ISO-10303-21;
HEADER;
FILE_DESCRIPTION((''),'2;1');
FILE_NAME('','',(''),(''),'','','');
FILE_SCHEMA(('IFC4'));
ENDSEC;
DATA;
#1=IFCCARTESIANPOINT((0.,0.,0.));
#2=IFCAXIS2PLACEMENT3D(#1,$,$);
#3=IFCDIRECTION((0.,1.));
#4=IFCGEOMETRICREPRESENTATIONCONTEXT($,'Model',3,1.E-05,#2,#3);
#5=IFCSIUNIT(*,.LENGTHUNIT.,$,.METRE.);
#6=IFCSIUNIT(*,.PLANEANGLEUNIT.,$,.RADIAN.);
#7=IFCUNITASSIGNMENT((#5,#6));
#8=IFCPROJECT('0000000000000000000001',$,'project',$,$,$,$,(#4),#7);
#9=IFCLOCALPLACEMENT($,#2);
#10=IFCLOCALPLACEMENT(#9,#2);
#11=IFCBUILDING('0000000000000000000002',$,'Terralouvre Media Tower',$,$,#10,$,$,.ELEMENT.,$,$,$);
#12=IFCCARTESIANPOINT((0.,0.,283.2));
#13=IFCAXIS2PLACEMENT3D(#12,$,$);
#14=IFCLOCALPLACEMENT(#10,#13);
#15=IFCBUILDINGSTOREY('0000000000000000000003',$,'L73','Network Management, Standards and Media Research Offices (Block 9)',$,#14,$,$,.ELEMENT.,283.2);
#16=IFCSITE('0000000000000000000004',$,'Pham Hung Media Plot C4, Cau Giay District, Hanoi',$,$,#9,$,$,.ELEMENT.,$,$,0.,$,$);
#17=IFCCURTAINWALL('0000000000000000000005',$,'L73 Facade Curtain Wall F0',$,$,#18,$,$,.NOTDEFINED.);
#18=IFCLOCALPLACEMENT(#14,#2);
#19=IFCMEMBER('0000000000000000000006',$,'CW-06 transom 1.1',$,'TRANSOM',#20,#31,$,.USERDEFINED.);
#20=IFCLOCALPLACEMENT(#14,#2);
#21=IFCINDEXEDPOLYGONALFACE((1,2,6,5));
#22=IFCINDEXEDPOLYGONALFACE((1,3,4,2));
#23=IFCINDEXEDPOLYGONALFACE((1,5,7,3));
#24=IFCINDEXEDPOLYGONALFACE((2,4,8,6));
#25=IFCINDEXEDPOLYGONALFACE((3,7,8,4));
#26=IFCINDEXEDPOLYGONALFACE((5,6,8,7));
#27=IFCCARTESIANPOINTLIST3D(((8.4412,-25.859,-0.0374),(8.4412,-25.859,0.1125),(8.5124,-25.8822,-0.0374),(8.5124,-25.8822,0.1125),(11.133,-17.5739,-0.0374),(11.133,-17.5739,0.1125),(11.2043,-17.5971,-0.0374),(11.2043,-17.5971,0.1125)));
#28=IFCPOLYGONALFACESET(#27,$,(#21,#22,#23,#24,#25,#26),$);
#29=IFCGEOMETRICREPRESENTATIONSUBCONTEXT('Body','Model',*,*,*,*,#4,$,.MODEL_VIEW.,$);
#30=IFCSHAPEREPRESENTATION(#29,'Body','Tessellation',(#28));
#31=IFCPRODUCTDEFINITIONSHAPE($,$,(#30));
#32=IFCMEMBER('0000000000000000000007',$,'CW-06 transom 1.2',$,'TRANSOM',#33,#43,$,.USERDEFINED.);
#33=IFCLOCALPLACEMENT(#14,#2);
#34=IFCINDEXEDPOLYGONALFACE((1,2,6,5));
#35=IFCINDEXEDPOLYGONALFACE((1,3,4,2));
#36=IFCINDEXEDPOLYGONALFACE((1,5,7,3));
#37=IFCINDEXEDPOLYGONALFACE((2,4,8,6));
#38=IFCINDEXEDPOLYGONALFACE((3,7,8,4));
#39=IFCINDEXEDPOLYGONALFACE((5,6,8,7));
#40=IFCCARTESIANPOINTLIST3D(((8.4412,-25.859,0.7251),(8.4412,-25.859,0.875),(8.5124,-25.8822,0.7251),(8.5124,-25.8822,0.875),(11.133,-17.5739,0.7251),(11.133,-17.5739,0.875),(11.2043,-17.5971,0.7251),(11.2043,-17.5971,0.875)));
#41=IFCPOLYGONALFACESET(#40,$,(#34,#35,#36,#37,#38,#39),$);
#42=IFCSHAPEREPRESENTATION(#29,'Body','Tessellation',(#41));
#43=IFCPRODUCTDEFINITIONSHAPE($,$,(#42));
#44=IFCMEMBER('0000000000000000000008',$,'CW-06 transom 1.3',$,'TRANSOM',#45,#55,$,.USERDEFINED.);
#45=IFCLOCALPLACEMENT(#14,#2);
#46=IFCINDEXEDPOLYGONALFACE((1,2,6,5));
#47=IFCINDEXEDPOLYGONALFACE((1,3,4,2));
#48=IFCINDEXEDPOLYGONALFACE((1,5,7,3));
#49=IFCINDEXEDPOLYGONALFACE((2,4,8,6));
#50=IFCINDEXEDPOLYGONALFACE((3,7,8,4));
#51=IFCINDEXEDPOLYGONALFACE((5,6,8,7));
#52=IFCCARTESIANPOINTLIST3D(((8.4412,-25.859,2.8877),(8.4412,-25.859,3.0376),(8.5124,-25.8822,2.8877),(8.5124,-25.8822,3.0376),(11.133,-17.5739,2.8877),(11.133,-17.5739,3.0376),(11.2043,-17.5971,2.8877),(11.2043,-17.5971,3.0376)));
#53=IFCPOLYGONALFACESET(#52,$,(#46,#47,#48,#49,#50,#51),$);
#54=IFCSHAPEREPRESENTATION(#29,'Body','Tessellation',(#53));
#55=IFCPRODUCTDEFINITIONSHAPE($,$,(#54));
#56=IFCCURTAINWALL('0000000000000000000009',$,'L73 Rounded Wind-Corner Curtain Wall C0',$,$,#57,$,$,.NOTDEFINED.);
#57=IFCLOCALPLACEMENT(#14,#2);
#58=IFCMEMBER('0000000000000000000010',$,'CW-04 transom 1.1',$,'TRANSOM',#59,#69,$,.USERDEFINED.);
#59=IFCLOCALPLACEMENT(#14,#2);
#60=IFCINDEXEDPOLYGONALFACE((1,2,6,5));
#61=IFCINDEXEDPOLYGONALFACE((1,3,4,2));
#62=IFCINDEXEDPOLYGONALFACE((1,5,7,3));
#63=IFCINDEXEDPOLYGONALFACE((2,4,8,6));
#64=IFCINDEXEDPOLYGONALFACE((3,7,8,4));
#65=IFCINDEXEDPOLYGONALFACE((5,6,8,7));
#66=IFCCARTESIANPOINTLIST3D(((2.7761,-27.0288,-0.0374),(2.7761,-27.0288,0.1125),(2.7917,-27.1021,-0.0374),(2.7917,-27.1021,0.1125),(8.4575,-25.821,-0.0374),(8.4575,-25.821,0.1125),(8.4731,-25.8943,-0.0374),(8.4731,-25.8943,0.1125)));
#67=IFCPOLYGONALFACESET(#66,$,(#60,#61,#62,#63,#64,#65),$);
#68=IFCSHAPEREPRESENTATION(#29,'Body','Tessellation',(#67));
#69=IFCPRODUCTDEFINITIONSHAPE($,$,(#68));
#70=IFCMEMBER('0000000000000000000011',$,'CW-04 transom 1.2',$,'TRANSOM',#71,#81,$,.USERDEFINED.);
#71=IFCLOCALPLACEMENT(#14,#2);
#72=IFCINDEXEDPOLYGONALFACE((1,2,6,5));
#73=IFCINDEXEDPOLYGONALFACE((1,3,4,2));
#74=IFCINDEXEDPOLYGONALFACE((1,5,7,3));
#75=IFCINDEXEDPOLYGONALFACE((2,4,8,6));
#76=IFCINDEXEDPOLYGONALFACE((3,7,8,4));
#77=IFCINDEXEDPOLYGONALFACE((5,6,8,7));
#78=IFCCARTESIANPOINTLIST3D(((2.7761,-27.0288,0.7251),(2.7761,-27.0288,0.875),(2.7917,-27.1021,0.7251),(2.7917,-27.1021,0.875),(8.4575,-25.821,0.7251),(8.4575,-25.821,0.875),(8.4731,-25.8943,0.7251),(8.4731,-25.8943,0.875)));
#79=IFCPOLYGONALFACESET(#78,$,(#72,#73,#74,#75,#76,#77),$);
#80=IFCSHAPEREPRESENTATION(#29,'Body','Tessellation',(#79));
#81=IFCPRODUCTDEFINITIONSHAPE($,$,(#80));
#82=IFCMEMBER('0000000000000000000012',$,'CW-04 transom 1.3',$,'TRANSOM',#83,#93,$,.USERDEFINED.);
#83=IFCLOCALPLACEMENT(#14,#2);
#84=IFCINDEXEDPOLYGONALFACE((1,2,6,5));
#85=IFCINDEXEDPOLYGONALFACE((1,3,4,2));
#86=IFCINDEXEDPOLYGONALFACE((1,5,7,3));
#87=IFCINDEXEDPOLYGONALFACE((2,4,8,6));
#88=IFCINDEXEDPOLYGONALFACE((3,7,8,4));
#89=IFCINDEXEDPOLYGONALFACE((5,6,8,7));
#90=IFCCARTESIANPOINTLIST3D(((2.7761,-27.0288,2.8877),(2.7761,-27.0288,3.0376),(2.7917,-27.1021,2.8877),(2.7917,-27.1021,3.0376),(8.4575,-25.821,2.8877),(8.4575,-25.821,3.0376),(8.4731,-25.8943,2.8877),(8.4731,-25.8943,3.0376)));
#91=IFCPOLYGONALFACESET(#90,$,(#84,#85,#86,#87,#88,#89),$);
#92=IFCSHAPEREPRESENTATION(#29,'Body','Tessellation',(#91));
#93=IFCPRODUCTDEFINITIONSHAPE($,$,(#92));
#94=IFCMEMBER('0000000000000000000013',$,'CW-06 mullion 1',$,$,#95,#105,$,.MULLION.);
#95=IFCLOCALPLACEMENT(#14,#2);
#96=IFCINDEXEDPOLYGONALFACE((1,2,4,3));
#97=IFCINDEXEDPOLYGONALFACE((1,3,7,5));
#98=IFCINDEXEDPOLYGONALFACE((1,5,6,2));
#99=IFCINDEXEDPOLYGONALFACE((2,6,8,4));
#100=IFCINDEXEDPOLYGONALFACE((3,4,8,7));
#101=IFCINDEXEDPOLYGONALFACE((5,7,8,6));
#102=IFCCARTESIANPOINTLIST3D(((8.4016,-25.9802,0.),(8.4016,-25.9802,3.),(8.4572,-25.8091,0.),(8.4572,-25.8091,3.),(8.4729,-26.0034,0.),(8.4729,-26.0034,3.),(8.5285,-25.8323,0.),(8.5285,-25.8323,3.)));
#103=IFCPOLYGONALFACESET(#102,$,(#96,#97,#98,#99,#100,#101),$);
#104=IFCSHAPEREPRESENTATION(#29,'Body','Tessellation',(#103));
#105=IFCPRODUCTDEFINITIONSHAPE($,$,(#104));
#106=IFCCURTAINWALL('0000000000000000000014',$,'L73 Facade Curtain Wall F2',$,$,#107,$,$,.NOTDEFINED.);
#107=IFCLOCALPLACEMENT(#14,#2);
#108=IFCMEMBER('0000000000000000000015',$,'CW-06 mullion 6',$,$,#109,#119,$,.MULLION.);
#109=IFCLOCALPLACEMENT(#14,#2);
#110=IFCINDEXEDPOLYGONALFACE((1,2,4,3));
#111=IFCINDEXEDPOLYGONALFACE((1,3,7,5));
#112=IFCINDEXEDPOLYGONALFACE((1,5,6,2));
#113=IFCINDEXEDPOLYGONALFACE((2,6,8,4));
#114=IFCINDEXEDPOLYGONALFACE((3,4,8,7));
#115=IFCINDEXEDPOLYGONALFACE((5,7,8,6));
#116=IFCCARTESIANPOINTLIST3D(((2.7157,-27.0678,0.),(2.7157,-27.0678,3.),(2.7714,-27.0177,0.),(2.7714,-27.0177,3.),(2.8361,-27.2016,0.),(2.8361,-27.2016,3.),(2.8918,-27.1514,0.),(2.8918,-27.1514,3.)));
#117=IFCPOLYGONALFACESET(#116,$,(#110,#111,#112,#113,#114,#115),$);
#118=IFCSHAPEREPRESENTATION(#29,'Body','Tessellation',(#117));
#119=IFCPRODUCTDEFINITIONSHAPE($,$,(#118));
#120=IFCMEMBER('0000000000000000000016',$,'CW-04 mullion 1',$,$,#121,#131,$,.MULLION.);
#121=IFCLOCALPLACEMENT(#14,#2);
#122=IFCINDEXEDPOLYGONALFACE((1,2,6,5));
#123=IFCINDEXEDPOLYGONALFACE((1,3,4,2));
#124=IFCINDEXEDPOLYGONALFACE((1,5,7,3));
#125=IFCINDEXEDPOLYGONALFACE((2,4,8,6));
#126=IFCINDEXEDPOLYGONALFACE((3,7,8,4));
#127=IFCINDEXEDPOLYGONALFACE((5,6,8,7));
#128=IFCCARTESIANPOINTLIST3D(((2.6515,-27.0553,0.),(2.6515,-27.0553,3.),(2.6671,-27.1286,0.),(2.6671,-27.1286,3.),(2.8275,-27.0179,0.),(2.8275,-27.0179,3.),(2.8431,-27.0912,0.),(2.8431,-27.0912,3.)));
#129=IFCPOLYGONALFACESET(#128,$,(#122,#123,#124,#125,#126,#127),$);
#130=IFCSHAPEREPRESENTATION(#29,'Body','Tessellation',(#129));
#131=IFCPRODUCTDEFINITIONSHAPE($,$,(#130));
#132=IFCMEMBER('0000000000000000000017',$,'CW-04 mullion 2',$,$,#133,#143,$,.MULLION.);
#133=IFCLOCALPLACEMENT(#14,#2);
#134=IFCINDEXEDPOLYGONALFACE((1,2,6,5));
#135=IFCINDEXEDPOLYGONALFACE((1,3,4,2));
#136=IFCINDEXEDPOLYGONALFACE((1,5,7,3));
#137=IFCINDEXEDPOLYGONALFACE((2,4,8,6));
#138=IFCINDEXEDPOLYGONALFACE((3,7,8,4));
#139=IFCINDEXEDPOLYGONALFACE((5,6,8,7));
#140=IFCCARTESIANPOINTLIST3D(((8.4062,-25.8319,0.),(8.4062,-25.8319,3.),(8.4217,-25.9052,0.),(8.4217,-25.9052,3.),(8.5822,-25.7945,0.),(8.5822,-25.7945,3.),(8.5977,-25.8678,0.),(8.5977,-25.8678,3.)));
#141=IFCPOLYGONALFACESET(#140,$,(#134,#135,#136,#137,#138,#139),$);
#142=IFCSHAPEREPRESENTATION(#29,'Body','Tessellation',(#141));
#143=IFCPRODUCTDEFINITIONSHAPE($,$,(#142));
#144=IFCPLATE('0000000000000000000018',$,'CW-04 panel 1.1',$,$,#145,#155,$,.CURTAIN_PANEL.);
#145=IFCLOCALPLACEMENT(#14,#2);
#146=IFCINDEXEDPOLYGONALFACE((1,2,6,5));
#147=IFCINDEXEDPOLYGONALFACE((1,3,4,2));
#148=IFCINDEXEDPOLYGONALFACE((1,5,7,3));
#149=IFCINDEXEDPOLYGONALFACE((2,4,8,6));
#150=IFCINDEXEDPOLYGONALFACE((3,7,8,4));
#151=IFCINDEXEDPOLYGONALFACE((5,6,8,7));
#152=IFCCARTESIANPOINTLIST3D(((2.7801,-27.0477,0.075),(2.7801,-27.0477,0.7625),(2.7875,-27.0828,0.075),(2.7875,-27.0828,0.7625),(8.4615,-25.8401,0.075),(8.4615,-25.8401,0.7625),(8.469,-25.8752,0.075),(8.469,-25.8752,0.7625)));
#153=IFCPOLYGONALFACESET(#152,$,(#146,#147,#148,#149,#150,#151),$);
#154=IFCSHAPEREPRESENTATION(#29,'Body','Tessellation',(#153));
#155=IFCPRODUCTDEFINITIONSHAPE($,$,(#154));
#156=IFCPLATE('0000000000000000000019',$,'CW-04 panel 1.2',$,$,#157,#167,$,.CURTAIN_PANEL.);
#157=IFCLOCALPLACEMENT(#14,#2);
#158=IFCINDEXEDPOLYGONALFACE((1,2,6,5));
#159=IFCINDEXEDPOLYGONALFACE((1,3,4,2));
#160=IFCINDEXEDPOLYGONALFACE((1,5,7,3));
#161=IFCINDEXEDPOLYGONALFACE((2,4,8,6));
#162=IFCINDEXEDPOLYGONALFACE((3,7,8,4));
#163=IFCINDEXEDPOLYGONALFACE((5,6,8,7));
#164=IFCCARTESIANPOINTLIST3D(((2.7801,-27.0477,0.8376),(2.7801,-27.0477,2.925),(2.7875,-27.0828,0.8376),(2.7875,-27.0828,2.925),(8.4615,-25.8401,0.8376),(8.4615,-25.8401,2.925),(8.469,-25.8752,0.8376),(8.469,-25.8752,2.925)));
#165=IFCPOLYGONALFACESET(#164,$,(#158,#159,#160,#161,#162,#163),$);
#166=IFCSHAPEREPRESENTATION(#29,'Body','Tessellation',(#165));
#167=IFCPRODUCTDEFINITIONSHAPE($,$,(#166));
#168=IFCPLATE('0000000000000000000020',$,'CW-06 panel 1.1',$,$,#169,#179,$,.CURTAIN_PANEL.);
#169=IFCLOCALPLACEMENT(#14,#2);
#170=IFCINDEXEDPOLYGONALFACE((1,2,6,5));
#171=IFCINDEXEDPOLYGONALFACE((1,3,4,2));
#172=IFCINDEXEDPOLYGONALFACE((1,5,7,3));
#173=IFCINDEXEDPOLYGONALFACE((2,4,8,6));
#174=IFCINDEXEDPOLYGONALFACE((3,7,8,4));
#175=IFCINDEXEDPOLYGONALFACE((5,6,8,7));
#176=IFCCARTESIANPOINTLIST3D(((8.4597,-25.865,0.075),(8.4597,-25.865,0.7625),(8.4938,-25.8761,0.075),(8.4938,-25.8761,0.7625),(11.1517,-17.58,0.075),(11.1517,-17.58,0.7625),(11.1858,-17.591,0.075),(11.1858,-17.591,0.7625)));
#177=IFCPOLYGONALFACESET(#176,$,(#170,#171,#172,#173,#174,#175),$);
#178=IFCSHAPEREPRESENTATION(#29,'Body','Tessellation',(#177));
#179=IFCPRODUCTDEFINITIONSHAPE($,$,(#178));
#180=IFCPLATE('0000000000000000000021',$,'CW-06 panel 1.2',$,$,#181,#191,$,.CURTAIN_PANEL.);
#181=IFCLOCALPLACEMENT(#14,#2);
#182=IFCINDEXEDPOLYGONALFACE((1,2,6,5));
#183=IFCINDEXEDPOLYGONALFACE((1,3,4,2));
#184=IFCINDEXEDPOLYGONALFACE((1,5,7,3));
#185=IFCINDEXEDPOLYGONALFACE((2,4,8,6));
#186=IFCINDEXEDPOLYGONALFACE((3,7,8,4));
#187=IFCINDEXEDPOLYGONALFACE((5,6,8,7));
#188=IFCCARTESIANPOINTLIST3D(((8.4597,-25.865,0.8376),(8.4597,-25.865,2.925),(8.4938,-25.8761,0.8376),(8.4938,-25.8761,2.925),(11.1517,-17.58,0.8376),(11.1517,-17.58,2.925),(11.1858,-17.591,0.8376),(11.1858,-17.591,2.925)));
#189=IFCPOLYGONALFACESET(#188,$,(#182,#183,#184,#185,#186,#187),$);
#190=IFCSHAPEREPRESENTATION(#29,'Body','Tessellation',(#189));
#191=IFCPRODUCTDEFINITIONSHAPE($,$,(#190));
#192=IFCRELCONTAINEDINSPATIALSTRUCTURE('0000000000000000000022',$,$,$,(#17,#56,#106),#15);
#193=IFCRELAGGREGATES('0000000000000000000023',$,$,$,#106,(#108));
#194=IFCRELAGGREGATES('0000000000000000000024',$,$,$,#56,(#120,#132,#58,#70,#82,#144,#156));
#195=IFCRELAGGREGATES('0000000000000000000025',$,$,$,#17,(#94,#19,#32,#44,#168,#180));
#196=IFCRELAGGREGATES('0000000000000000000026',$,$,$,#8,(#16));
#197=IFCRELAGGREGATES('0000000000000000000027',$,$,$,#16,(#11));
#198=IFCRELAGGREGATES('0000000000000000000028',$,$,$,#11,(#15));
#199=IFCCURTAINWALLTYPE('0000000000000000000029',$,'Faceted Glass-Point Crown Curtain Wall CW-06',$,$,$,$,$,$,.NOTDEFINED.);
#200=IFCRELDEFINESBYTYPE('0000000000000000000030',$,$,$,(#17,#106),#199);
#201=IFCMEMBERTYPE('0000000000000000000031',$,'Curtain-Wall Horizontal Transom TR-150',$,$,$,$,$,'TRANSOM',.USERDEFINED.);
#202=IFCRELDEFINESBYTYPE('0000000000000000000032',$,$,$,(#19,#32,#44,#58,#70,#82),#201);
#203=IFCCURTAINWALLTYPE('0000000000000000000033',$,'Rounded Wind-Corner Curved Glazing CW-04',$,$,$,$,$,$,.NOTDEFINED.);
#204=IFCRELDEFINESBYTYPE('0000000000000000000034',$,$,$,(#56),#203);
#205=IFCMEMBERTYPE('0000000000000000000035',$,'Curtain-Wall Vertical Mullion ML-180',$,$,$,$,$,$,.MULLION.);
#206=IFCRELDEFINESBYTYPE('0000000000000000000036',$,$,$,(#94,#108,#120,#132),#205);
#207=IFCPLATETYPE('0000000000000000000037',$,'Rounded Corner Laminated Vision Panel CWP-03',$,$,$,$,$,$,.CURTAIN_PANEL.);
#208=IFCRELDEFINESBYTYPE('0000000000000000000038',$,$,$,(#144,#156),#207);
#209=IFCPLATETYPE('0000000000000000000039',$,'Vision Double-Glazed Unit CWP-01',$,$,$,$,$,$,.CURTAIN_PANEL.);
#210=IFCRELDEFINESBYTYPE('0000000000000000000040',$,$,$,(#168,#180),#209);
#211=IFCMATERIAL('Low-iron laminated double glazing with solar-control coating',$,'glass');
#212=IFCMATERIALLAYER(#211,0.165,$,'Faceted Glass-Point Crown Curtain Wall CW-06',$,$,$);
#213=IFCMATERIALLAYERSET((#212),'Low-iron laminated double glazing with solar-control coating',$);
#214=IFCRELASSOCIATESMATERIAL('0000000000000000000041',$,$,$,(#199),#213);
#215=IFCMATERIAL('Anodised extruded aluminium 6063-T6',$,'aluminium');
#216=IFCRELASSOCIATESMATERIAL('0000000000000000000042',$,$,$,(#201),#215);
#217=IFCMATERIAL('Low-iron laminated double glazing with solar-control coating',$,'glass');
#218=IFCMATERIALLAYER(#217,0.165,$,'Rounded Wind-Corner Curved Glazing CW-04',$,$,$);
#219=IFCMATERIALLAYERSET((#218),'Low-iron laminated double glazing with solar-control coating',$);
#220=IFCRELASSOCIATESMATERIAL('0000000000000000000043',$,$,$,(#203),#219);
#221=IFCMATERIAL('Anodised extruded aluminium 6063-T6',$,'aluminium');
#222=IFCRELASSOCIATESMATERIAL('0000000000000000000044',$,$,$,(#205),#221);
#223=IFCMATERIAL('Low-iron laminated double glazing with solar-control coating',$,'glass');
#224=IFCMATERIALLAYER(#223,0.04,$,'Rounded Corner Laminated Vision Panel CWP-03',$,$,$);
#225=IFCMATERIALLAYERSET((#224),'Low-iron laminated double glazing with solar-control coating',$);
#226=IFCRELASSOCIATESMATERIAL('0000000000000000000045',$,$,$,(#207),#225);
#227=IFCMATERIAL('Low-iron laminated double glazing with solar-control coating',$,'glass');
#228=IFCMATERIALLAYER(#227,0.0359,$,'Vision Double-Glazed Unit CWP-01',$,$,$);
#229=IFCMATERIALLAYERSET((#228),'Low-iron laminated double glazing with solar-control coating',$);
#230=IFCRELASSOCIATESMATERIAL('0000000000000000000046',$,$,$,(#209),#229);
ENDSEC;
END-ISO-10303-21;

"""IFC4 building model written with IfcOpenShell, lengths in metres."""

from ifc_helpers import new_model, si_unit, direction, frame, origin, origin_2d, place, context, subcontext, project, spatial, rectangle, extrude, material, layer, layer_set, material_profile, profile_set, type_object, element, aggregate, save


model = new_model("IFC4")

# Units and contexts
model_context = context("Model", 3, precision=1e-05, world=origin(), true_north=direction((0.0, 1.0)))
body_context = subcontext(model_context, "Body", "Model", "MODEL_VIEW")
ifc_project = project(units=[si_unit("LENGTHUNIT", "METRE"), si_unit("PLANEANGLEUNIT", "RADIAN")], contexts=[model_context])

# Site, building, storey
site_placement = place(None, origin())
site = spatial("IfcSite", under=ifc_project, at=site_placement, Name="Pham Hung Media Plot C4, Cau Giay District, Hanoi", CompositionType="ELEMENT", RefElevation=0.0)
building_placement = place(site_placement, origin())
building = spatial("IfcBuilding", under=site, at=building_placement, Name="Terralouvre Media Tower", CompositionType="ELEMENT")
storey_placement = place(building_placement, frame((0.0, 0.0, 283.2)))
storey = spatial("IfcBuildingStorey", under=building, at=storey_placement, Name="L73", Description="Network Management, Standards and Media Research Offices (Block 9)", CompositionType="ELEMENT", Elevation=283.2)

# Curtain walls, members
ifc_material_1 = material(Name="Low-iron laminated double glazing with solar-control coating", Category="glass")
ifc_layer_1 = layer(ifc_material_1, 0.165, Name="Faceted Glass-Point Crown Curtain Wall CW-06")
ifc_layer_set_1 = layer_set([ifc_layer_1], Name="Low-iron laminated double glazing with solar-control coating")
curtain_wall_type_1 = type_object("IfcCurtainWallType", Name="Faceted Glass-Point Crown Curtain Wall CW-06", PredefinedType="NOTDEFINED", material=ifc_layer_set_1)
curtain_wall_1_placement = place(storey_placement, origin())
curtain_wall_1 = element("IfcCurtainWall", 1, at=curtain_wall_1_placement, inside=storey, type_object=curtain_wall_type_1, Name="L73 Facade Curtain Wall F0", PredefinedType="NOTDEFINED")
ifc_material_2 = material(Name="Anodised extruded aluminium 6063-T6", Category="aluminium")
ifc_material_profile_1 = material_profile(ifc_material_2, rectangle(XDim=0.075, YDim=0.1499, at=origin_2d()), Name="ALU 75x150")
ifc_profile_set_1 = profile_set([ifc_material_profile_1], Name="Anodised extruded aluminium 6063-T6")
member_type_1 = type_object("IfcMemberType", Name="Curtain-Wall Horizontal Transom TR-150", ElementType="TRANSOM", PredefinedType="USERDEFINED", material=ifc_profile_set_1)
member_1_placement = place(storey_placement, frame((8.4768, -25.8706, 0.0376), z_axis=(0.309005, 0.95106, 0.0), x_axis=(-0.95106, 0.309005, 0.0)))
member_1 = element("IfcMember", 2, at=member_1_placement, type_object=member_type_1, Name="CW-06 transom 1.1", ObjectType="TRANSOM", PredefinedType="USERDEFINED", context=body_context, shape_type="SweptSolid", body=[
    extrude(rectangle(XDim=0.075, YDim=0.1499, at=origin_2d()), origin(), (0.0, 0.0, 1.0), 8.7114),
])
member_2_placement = place(storey_placement, frame((8.4768, -25.8706, 0.8), z_axis=(0.309005, 0.95106, 0.0), x_axis=(-0.95106, 0.309005, 0.0)))
member_2 = element("IfcMember", 3, at=member_2_placement, type_object=member_type_1, Name="CW-06 transom 1.2", ObjectType="TRANSOM", PredefinedType="USERDEFINED", context=body_context, shape_type="SweptSolid", body=[
    extrude(rectangle(XDim=0.075, YDim=0.1499, at=origin_2d()), origin(), (0.0, 0.0, 1.0), 8.7114),
])
member_3_placement = place(storey_placement, frame((8.4768, -25.8706, 2.9626), z_axis=(0.309005, 0.95106, 0.0), x_axis=(-0.95106, 0.309005, 0.0)))
member_3 = element("IfcMember", 4, at=member_3_placement, type_object=member_type_1, Name="CW-06 transom 1.3", ObjectType="TRANSOM", PredefinedType="USERDEFINED", context=body_context, shape_type="SweptSolid", body=[
    extrude(rectangle(XDim=0.075, YDim=0.1499, at=origin_2d()), origin(), (0.0, 0.0, 1.0), 8.7114),
])
ifc_material_3 = material(Name="Low-iron laminated double glazing with solar-control coating", Category="glass")
ifc_layer_2 = layer(ifc_material_3, 0.165, Name="Rounded Wind-Corner Curved Glazing CW-04")
ifc_layer_set_2 = layer_set([ifc_layer_2], Name="Low-iron laminated double glazing with solar-control coating")
curtain_wall_type_2 = type_object("IfcCurtainWallType", Name="Rounded Wind-Corner Curved Glazing CW-04", PredefinedType="NOTDEFINED", material=ifc_layer_set_2)
curtain_wall_2_placement = place(storey_placement, origin())
curtain_wall_2 = element("IfcCurtainWall", 5, at=curtain_wall_2_placement, inside=storey, type_object=curtain_wall_type_2, Name="L73 Rounded Wind-Corner Curtain Wall C0", PredefinedType="NOTDEFINED")
member_4_placement = place(storey_placement, frame((2.7839, -27.0654, 0.0376), z_axis=(0.978143, 0.207936, 0.0), x_axis=(-0.207936, 0.978143, 0.0)))
member_4 = element("IfcMember", 6, at=member_4_placement, type_object=member_type_1, Name="CW-04 transom 1.1", ObjectType="TRANSOM", PredefinedType="USERDEFINED", context=body_context, shape_type="SweptSolid", body=[
    extrude(rectangle(XDim=0.075, YDim=0.1499, at=origin_2d()), origin(), (0.0, 0.0, 1.0), 5.8083),
])
member_5_placement = place(storey_placement, frame((2.7839, -27.0654, 0.8), z_axis=(0.978143, 0.207936, 0.0), x_axis=(-0.207936, 0.978143, 0.0)))
member_5 = element("IfcMember", 7, at=member_5_placement, type_object=member_type_1, Name="CW-04 transom 1.2", ObjectType="TRANSOM", PredefinedType="USERDEFINED", context=body_context, shape_type="SweptSolid", body=[
    extrude(rectangle(XDim=0.075, YDim=0.1499, at=origin_2d()), origin(), (0.0, 0.0, 1.0), 5.8083),
])
member_6_placement = place(storey_placement, frame((2.7839, -27.0654, 2.9626), z_axis=(0.978143, 0.207936, 0.0), x_axis=(-0.207936, 0.978143, 0.0)))
member_6 = element("IfcMember", 8, at=member_6_placement, type_object=member_type_1, Name="CW-04 transom 1.3", ObjectType="TRANSOM", PredefinedType="USERDEFINED", context=body_context, shape_type="SweptSolid", body=[
    extrude(rectangle(XDim=0.075, YDim=0.1499, at=origin_2d()), origin(), (0.0, 0.0, 1.0), 5.8083),
])

# Member
ifc_material_4 = material(Name="Anodised extruded aluminium 6063-T6", Category="aluminium")
ifc_material_profile_2 = material_profile(ifc_material_4, rectangle(XDim=0.075, YDim=0.1799, at=origin_2d()), Name="ALU 75x180")
ifc_profile_set_2 = profile_set([ifc_material_profile_2], Name="Anodised extruded aluminium 6063-T6")
member_type_2 = type_object("IfcMemberType", Name="Curtain-Wall Vertical Mullion ML-180", PredefinedType="MULLION", material=ifc_profile_set_2)
member_7_placement = place(storey_placement, frame((8.4651, -25.9062, 0.0), z_axis=(0.0, 0.0, 1.0), x_axis=(-0.951057, 0.309017, 0.0)))
member_7 = element("IfcMember", 9, at=member_7_placement, type_object=member_type_2, Name="CW-06 mullion 1", PredefinedType="MULLION", context=body_context, shape_type="SweptSolid", body=[
    extrude(rectangle(XDim=0.075, YDim=0.1799, at=origin_2d()), origin(), (0.0, 0.0, 1.0), 3.0),
])

# Curtain wall, member
curtain_wall_3_placement = place(storey_placement, origin())
curtain_wall_3 = element("IfcCurtainWall", 10, at=curtain_wall_3_placement, inside=storey, type_object=curtain_wall_type_1, Name="L73 Facade Curtain Wall F2", PredefinedType="NOTDEFINED")
member_8_placement = place(storey_placement, frame((2.8037, -27.1096, 0.0), z_axis=(0.0, 0.0, 1.0), x_axis=(0.743145, 0.669131, 0.0)))
member_8 = element("IfcMember", 11, at=member_8_placement, type_object=member_type_2, Name="CW-06 mullion 6", PredefinedType="MULLION", context=body_context, shape_type="SweptSolid", body=[
    extrude(rectangle(XDim=0.075, YDim=0.1799, at=origin_2d()), origin(), (0.0, 0.0, 1.0), 3.0),
])
aggregate(curtain_wall_3, [member_8])

# Members
member_9_placement = place(storey_placement, frame((2.7473, -27.0732, 0.0), z_axis=(0.0, 0.0, 1.0), x_axis=(-0.207912, 0.978148, 0.0)))
member_9 = element("IfcMember", 12, at=member_9_placement, type_object=member_type_2, Name="CW-04 mullion 1", PredefinedType="MULLION", context=body_context, shape_type="SweptSolid", body=[
    extrude(rectangle(XDim=0.075, YDim=0.1799, at=origin_2d()), origin(), (0.0, 0.0, 1.0), 3.0),
])
member_10_placement = place(storey_placement, frame((8.502, -25.8499, 0.0), z_axis=(0.0, 0.0, 1.0), x_axis=(-0.207912, 0.978148, 0.0)))
member_10 = element("IfcMember", 13, at=member_10_placement, type_object=member_type_2, Name="CW-04 mullion 2", PredefinedType="MULLION", context=body_context, shape_type="SweptSolid", body=[
    extrude(rectangle(XDim=0.075, YDim=0.1799, at=origin_2d()), origin(), (0.0, 0.0, 1.0), 3.0),
])

# Plates
ifc_material_5 = material(Name="Low-iron laminated double glazing with solar-control coating", Category="glass")
ifc_layer_3 = layer(ifc_material_5, 0.04, Name="Rounded Corner Laminated Vision Panel CWP-03")
ifc_layer_set_3 = layer_set([ifc_layer_3], Name="Low-iron laminated double glazing with solar-control coating")
plate_type_1 = type_object("IfcPlateType", Name="Rounded Corner Laminated Vision Panel CWP-03", PredefinedType="CURTAIN_PANEL", material=ifc_layer_set_3)
plate_1_placement = place(storey_placement, frame((5.6245, -26.4614, 0.075), z_axis=(0.0, 0.0, 1.0), x_axis=(0.978148, 0.207912, 0.0)))
plate_1 = element("IfcPlate", 14, at=plate_1_placement, type_object=plate_type_1, Name="CW-04 panel 1.1", PredefinedType="CURTAIN_PANEL", context=body_context, shape_type="SweptSolid", body=[
    extrude(rectangle(XDim=5.8083, YDim=0.0359, at=origin_2d()), origin(), (0.0, 0.0, 1.0), 0.6875),
])
plate_2_placement = place(storey_placement, frame((5.6245, -26.4614, 0.8376), z_axis=(0.0, 0.0, 1.0), x_axis=(0.978148, 0.207912, 0.0)))
plate_2 = element("IfcPlate", 15, at=plate_2_placement, type_object=plate_type_1, Name="CW-04 panel 1.2", PredefinedType="CURTAIN_PANEL", context=body_context, shape_type="SweptSolid", body=[
    extrude(rectangle(XDim=5.8083, YDim=0.0359, at=origin_2d()), origin(), (0.0, 0.0, 1.0), 2.0874),
])
aggregate(curtain_wall_2, [member_9, member_10, member_4, member_5, member_6, plate_1, plate_2])
ifc_material_6 = material(Name="Low-iron laminated double glazing with solar-control coating", Category="glass")
ifc_layer_4 = layer(ifc_material_6, 0.0359, Name="Vision Double-Glazed Unit CWP-01")
ifc_layer_set_4 = layer_set([ifc_layer_4], Name="Low-iron laminated double glazing with solar-control coating")
plate_type_2 = type_object("IfcPlateType", Name="Vision Double-Glazed Unit CWP-01", PredefinedType="CURTAIN_PANEL", material=ifc_layer_set_4)
plate_3_placement = place(storey_placement, frame((9.8228, -21.728, 0.075), z_axis=(0.0, 0.0, 1.0), x_axis=(0.309017, 0.951057, 0.0)))
plate_3 = element("IfcPlate", 16, at=plate_3_placement, type_object=plate_type_2, Name="CW-06 panel 1.1", PredefinedType="CURTAIN_PANEL", context=body_context, shape_type="SweptSolid", body=[
    extrude(rectangle(XDim=8.7114, YDim=0.0359, at=origin_2d()), origin(), (0.0, 0.0, 1.0), 0.6875),
])
plate_4_placement = place(storey_placement, frame((9.8228, -21.728, 0.8376), z_axis=(0.0, 0.0, 1.0), x_axis=(0.309017, 0.951057, 0.0)))
plate_4 = element("IfcPlate", 17, at=plate_4_placement, type_object=plate_type_2, Name="CW-06 panel 1.2", PredefinedType="CURTAIN_PANEL", context=body_context, shape_type="SweptSolid", body=[
    extrude(rectangle(XDim=8.7114, YDim=0.0359, at=origin_2d()), origin(), (0.0, 0.0, 1.0), 2.0874),
])
aggregate(curtain_wall_1, [member_7, member_1, member_2, member_3, plate_3, plate_4])

save(model, "model.ifc")
